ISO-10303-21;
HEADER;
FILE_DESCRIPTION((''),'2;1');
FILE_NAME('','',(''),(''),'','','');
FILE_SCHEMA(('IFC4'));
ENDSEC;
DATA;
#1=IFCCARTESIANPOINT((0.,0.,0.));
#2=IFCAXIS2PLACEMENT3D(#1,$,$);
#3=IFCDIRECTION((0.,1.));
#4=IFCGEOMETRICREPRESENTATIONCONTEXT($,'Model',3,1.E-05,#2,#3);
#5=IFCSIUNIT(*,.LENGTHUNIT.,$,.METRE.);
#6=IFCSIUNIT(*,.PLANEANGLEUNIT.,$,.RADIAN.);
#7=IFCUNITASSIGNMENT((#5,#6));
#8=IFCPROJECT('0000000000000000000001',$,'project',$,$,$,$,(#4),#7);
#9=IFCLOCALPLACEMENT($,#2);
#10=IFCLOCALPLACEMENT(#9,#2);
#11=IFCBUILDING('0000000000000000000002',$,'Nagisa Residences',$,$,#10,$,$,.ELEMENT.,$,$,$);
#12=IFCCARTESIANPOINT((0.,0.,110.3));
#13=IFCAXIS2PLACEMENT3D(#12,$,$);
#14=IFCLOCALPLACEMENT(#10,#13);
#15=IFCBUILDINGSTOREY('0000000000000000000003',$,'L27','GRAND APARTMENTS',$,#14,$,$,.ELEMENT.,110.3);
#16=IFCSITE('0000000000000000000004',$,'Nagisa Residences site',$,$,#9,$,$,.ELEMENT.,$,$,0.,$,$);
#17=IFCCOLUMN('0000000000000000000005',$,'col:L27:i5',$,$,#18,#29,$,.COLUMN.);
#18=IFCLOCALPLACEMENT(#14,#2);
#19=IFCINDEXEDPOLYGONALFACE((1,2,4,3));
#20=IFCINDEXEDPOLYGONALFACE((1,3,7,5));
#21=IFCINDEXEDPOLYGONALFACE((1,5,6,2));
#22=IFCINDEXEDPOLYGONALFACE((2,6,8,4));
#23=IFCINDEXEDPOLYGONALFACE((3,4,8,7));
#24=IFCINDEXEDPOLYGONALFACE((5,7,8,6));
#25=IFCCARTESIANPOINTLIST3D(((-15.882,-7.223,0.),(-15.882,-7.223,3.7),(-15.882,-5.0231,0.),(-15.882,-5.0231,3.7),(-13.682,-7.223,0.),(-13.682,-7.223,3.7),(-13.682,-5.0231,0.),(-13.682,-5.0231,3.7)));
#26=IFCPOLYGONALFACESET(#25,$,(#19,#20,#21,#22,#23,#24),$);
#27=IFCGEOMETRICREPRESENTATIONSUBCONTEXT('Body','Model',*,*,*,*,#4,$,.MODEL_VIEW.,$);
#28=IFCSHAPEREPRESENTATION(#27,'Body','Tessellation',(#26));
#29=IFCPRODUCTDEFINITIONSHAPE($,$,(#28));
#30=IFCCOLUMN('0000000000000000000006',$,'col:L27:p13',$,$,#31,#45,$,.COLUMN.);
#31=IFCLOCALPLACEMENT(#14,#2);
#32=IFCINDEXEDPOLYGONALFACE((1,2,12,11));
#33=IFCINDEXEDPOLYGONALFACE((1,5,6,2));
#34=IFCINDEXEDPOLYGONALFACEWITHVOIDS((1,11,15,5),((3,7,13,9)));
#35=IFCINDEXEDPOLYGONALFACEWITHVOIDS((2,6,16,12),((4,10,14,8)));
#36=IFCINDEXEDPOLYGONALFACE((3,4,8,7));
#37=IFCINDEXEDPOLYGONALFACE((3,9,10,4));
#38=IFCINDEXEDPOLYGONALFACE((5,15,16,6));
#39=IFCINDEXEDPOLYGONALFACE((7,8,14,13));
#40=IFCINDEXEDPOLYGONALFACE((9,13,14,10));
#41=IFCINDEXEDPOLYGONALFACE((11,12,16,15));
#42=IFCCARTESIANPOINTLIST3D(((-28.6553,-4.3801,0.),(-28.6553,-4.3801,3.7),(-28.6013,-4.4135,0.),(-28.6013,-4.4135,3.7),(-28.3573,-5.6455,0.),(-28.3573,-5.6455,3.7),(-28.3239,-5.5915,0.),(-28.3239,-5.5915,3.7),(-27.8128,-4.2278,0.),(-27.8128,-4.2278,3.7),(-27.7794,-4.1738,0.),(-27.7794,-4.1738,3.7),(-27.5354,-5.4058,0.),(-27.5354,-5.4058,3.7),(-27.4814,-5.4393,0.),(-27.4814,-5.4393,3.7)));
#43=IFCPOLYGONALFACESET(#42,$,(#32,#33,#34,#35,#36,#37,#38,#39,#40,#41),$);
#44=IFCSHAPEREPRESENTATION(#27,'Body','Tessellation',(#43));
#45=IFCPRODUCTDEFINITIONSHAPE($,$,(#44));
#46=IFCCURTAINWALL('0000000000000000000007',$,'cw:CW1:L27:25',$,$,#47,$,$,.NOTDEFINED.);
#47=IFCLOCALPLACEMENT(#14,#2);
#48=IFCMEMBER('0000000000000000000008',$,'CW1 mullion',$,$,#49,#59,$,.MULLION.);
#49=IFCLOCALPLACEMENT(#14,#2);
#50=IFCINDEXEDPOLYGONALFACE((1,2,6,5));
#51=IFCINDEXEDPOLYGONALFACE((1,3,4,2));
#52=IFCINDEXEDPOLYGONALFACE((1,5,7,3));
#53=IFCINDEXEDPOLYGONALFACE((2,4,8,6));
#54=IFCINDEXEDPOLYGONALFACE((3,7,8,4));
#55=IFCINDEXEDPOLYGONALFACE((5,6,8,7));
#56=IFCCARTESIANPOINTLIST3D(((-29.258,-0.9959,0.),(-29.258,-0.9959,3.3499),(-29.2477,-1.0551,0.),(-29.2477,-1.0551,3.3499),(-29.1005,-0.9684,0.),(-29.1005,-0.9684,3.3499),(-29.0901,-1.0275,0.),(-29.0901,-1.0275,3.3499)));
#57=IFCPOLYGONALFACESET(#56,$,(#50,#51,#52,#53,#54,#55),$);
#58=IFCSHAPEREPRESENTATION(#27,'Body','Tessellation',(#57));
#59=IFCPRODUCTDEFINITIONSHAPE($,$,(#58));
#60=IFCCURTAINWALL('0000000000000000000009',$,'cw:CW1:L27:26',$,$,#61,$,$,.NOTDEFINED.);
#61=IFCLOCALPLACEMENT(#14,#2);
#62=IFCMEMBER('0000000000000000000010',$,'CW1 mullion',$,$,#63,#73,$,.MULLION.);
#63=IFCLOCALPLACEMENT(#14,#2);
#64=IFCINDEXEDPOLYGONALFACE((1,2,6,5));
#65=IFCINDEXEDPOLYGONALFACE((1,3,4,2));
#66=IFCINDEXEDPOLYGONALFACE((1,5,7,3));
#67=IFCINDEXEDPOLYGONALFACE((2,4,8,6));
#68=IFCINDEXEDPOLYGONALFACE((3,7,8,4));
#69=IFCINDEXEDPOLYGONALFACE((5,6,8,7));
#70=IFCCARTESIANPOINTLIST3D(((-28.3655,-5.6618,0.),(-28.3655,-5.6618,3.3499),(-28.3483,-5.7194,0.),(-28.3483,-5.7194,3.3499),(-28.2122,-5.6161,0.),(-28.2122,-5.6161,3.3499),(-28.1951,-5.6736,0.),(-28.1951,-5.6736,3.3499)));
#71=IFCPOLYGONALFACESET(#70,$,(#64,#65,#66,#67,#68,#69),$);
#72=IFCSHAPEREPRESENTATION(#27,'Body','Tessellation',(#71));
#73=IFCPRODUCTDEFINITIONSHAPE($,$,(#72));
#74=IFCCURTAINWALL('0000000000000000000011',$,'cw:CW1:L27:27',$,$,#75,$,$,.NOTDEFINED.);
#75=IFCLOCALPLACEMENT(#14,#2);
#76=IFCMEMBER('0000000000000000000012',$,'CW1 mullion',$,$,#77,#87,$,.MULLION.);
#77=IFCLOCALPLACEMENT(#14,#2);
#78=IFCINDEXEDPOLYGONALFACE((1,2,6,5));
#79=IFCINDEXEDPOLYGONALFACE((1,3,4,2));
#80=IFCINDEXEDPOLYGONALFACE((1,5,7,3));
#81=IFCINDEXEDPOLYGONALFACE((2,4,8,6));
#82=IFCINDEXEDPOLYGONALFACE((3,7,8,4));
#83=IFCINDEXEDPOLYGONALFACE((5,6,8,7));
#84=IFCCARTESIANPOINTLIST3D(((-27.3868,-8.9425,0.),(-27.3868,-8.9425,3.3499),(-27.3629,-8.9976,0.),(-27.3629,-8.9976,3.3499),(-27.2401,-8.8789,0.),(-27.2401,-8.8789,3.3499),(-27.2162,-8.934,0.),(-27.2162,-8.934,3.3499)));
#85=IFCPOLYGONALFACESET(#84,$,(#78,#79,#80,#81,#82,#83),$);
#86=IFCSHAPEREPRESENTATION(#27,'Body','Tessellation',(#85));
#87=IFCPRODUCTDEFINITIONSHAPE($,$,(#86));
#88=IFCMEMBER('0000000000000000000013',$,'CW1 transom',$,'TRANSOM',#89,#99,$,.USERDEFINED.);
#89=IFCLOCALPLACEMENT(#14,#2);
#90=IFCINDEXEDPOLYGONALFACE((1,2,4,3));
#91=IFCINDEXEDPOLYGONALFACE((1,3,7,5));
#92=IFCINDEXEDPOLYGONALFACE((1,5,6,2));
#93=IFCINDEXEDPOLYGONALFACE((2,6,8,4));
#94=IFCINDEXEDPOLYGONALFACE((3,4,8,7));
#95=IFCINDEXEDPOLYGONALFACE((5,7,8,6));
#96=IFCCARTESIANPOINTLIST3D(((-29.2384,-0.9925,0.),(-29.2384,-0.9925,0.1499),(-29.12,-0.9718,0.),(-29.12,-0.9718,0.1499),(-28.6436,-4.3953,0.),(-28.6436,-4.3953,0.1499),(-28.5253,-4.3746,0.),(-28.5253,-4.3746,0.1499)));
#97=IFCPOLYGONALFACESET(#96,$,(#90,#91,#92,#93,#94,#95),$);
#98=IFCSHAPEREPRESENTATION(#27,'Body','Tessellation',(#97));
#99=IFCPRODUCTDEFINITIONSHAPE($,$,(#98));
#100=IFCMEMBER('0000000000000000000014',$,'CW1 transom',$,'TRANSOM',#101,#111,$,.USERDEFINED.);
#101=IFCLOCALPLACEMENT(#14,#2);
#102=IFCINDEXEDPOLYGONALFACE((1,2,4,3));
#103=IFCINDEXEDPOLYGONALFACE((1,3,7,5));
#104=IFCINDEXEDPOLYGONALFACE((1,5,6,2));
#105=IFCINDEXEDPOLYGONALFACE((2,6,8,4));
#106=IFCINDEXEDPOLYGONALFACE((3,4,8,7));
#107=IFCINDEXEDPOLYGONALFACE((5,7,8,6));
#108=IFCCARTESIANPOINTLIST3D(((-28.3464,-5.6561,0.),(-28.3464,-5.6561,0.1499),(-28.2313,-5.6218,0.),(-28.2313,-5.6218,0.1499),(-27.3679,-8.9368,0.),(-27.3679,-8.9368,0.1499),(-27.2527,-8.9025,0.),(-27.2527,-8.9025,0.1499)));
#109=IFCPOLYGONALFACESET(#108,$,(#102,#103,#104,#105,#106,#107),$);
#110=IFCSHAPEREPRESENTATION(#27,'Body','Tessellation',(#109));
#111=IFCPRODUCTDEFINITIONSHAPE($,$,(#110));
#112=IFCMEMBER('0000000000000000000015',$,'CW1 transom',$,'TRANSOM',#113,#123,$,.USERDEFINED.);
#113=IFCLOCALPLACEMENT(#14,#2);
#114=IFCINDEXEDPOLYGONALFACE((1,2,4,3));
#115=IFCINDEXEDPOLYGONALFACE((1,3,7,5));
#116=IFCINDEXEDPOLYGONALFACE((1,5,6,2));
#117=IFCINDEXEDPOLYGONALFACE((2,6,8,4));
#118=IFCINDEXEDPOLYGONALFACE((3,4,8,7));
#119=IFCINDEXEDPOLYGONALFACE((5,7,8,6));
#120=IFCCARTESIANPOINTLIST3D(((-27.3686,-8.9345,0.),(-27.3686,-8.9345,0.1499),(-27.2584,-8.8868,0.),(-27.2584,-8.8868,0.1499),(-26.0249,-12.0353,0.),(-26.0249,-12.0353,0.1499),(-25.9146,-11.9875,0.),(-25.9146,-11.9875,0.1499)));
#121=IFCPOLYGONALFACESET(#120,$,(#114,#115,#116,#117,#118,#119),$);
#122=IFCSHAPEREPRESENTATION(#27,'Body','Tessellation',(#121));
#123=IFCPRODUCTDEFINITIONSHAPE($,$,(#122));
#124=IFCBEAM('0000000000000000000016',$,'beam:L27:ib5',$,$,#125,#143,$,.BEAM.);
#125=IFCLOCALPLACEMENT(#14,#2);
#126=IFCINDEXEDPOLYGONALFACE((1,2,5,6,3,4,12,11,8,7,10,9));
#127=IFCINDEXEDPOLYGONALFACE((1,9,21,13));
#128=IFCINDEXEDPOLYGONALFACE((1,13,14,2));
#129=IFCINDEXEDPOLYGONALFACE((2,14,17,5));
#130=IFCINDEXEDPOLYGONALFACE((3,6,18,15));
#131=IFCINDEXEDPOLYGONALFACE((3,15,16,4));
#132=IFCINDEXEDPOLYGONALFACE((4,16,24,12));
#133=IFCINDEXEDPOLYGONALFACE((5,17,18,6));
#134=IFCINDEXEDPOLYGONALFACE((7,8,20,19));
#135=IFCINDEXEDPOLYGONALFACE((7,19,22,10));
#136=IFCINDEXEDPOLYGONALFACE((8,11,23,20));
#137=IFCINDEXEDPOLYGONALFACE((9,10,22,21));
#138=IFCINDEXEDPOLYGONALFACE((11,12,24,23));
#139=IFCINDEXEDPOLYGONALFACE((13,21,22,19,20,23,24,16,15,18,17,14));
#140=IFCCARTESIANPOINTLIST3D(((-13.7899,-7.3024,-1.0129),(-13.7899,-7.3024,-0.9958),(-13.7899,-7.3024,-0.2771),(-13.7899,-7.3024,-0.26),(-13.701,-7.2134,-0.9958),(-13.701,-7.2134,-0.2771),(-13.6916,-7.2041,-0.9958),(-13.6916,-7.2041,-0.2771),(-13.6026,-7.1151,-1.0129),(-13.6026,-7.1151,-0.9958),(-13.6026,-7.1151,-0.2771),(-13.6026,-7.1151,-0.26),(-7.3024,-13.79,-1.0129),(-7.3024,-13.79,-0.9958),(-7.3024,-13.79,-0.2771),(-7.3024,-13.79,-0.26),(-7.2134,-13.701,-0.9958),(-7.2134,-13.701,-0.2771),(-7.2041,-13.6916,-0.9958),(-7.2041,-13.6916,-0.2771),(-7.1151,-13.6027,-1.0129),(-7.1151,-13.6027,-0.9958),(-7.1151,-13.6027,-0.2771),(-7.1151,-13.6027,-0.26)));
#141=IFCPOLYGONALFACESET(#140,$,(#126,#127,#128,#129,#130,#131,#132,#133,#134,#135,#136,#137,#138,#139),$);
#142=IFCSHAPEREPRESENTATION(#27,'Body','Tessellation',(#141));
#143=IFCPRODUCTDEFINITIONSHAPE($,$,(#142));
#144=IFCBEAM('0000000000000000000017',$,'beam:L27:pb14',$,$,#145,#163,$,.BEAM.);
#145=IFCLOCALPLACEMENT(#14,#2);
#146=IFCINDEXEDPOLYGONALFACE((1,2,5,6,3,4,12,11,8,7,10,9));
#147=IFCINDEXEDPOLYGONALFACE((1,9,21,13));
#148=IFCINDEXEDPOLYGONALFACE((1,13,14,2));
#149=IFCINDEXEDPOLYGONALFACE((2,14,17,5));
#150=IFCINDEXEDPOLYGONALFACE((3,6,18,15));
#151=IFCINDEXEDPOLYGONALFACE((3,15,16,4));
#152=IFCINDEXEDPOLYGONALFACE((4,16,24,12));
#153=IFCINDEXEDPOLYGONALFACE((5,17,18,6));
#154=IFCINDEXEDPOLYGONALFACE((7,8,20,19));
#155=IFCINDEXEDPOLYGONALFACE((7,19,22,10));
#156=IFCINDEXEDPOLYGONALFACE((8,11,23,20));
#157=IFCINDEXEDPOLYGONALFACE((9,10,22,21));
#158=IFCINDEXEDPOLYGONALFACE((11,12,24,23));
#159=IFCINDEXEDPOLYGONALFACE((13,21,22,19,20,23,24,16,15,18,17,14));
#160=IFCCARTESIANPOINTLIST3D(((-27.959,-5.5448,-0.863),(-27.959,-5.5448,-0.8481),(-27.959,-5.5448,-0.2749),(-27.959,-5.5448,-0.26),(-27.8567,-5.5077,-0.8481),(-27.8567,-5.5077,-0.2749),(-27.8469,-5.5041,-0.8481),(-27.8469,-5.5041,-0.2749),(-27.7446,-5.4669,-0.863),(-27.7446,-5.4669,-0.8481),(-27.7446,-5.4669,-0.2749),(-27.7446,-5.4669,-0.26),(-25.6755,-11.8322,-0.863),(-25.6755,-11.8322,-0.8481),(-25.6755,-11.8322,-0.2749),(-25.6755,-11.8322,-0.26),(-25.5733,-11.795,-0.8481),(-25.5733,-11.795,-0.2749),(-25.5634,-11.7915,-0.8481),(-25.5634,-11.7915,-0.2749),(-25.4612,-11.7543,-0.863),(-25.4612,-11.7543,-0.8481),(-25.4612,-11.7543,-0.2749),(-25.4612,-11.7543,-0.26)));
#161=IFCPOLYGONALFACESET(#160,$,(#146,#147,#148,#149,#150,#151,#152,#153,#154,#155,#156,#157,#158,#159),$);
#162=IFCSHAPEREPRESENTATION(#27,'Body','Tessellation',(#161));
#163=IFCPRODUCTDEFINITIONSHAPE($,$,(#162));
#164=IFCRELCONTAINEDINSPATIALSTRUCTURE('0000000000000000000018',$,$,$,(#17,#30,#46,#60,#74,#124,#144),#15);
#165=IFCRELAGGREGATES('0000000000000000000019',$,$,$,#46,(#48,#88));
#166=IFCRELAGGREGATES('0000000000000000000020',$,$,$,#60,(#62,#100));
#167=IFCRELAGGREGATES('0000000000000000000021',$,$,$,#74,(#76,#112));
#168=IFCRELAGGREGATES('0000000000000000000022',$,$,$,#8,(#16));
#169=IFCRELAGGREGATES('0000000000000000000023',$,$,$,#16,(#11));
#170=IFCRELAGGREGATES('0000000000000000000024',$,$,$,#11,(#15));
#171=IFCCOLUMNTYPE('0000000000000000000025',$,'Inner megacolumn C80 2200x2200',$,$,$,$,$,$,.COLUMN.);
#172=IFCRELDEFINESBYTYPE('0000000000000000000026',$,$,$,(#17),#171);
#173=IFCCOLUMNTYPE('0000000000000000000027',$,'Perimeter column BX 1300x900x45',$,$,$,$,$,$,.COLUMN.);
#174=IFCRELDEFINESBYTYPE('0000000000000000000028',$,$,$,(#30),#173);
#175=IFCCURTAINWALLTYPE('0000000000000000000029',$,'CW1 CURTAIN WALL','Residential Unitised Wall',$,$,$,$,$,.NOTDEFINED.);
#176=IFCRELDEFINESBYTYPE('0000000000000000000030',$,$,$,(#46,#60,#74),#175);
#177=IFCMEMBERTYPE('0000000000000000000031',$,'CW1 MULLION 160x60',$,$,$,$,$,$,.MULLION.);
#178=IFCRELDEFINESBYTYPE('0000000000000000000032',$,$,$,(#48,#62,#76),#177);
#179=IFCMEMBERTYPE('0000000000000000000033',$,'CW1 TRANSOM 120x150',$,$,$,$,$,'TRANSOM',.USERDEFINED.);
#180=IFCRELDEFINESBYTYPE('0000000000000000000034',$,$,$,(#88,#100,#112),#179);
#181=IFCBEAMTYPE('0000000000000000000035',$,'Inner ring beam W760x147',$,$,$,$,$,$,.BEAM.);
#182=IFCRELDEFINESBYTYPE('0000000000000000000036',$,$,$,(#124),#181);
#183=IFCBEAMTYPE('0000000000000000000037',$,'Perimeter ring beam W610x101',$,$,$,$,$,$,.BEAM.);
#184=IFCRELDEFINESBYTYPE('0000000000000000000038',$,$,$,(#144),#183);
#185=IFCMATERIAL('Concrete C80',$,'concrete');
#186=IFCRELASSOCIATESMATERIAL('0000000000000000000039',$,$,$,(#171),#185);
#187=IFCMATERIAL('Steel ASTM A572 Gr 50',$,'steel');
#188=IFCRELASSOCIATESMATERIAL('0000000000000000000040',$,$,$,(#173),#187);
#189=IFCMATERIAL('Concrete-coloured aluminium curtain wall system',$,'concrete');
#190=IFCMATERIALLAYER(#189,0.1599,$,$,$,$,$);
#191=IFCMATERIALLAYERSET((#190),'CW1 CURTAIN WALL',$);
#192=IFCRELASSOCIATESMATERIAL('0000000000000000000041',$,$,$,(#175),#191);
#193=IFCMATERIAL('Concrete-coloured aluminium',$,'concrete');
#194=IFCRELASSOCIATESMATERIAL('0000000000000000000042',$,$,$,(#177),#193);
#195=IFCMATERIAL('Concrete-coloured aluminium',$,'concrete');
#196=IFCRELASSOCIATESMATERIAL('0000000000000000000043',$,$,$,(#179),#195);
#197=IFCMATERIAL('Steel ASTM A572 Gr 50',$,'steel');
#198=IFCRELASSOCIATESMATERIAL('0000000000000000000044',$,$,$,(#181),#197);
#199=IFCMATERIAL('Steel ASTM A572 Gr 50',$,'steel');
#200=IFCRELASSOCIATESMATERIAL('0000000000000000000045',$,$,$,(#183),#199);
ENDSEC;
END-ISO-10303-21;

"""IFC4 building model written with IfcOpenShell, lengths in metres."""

from ifc_helpers import new_model, si_unit, direction, frame, origin, origin_2d, place, context, subcontext, project, spatial, rectangle, hollow_rectangle, i_section, extrude, material, layer, layer_set, material_profile, profile_set, type_object, element, aggregate, save


model = new_model("IFC4")

# Units and contexts
model_context = context("Model", 3, precision=1e-05, world=origin(), true_north=direction((0.0, 1.0)))
body_context = subcontext(model_context, "Body", "Model", "MODEL_VIEW")
ifc_project = project(units=[si_unit("LENGTHUNIT", "METRE"), si_unit("PLANEANGLEUNIT", "RADIAN")], contexts=[model_context])

# Site, building, storey
site_placement = place(None, origin())
site = spatial("IfcSite", under=ifc_project, at=site_placement, Name="Nagisa Residences site", CompositionType="ELEMENT", RefElevation=0.0)
building_placement = place(site_placement, origin())
building = spatial("IfcBuilding", under=site, at=building_placement, Name="Nagisa Residences", CompositionType="ELEMENT")
storey_placement = place(building_placement, frame((0.0, 0.0, 110.3)))
storey = spatial("IfcBuildingStorey", under=building, at=storey_placement, Name="L27", Description="GRAND APARTMENTS", CompositionType="ELEMENT", Elevation=110.3)

# Columns
ifc_material_1 = material(Name="Concrete C80", Category="concrete")
ifc_material_profile_1 = material_profile(ifc_material_1, rectangle(XDim=2.2, YDim=2.2, at=origin_2d()), Name="C80 2200x2200")
ifc_profile_set_1 = profile_set([ifc_material_profile_1], Name="Concrete C80")
column_type_1 = type_object("IfcColumnType", Name="Inner megacolumn C80 2200x2200", PredefinedType="COLUMN", material=ifc_profile_set_1)
column_1_placement = place(storey_placement, frame((-14.782, -6.123, 0.0), z_axis=(0.0, 0.0, 1.0), x_axis=(1.0, 0.0, 0.0)))
element("IfcColumn", 1, at=column_1_placement, inside=storey, type_object=column_type_1, Name="col:L27:i5", PredefinedType="COLUMN", context=body_context, shape_type="SweptSolid", body=[
    extrude(rectangle(XDim=2.2, YDim=2.2, at=origin_2d()), origin(), (0.0, 0.0, 1.0), 3.7),
])
ifc_material_2 = material(Name="Steel ASTM A572 Gr 50", Category="steel")
ifc_material_profile_2 = material_profile(ifc_material_2, hollow_rectangle(XDim=1.3, YDim=0.8999, WallThickness=0.0449, at=origin_2d()), Name="BX 1300x900x45")
ifc_profile_set_2 = profile_set([ifc_material_profile_2], Name="Steel ASTM A572 Gr 50")
column_type_2 = type_object("IfcColumnType", Name="Perimeter column BX 1300x900x45", PredefinedType="COLUMN", material=ifc_profile_set_2)
column_2_placement = place(storey_placement, frame((-28.0684, -4.9097, 0.0), z_axis=(0.0, 0.0, 1.0), x_axis=(0.229202, -0.973379, 0.0)))
element("IfcColumn", 2, at=column_2_placement, inside=storey, type_object=column_type_2, Name="col:L27:p13", PredefinedType="COLUMN", context=body_context, shape_type="SweptSolid", body=[
    extrude(hollow_rectangle(XDim=1.3, YDim=0.8999, WallThickness=0.0449, at=origin_2d()), origin(), (0.0, 0.0, 1.0), 3.7),
])

# Curtain walls, members
ifc_material_3 = material(Name="Concrete-coloured aluminium curtain wall system", Category="concrete")
ifc_layer_1 = layer(ifc_material_3, 0.1599)
ifc_layer_set_1 = layer_set([ifc_layer_1], Name="CW1 CURTAIN WALL")
curtain_wall_type = type_object("IfcCurtainWallType", Name="CW1 CURTAIN WALL", Description="Residential Unitised Wall", PredefinedType="NOTDEFINED", material=ifc_layer_set_1)
curtain_wall_1_placement = place(storey_placement, origin())
curtain_wall_1 = element("IfcCurtainWall", 3, at=curtain_wall_1_placement, inside=storey, type_object=curtain_wall_type, Name="cw:CW1:L27:25", PredefinedType="NOTDEFINED")
ifc_material_4 = material(Name="Concrete-coloured aluminium", Category="concrete")
ifc_material_profile_3 = material_profile(ifc_material_4, rectangle(XDim=0.1599, YDim=0.0601, at=origin_2d()), Name="CW1 MULLION 160x60")
ifc_profile_set_3 = profile_set([ifc_material_profile_3], Name="Concrete-coloured aluminium")
member_type_1 = type_object("IfcMemberType", Name="CW1 MULLION 160x60", PredefinedType="MULLION", material=ifc_profile_set_3)
member_1_placement = place(storey_placement, frame((-29.1741, -1.0117, 0.0), z_axis=(0.0, 0.0, 1.0), x_axis=(0.985064, 0.172191, 0.0)))
member_1 = element("IfcMember", 4, at=member_1_placement, type_object=member_type_1, Name="CW1 mullion", PredefinedType="MULLION", context=body_context, shape_type="SweptSolid", body=[
    extrude(rectangle(XDim=0.1599, YDim=0.0601, at=origin_2d()), origin(), (0.0, 0.0, 1.0), 3.3499),
])
curtain_wall_2_placement = place(storey_placement, origin())
curtain_wall_2 = element("IfcCurtainWall", 5, at=curtain_wall_2_placement, inside=storey, type_object=curtain_wall_type, Name="cw:CW1:L27:26", PredefinedType="NOTDEFINED")
member_2_placement = place(storey_placement, frame((-28.2803, -5.6677, 0.0), z_axis=(0.0, 0.0, 1.0), x_axis=(0.958271, 0.28586, 0.0)))
member_2 = element("IfcMember", 6, at=member_2_placement, type_object=member_type_1, Name="CW1 mullion", PredefinedType="MULLION", context=body_context, shape_type="SweptSolid", body=[
    extrude(rectangle(XDim=0.1599, YDim=0.0601, at=origin_2d()), origin(), (0.0, 0.0, 1.0), 3.3499),
])
curtain_wall_3_placement = place(storey_placement, origin())
curtain_wall_3 = element("IfcCurtainWall", 7, at=curtain_wall_3_placement, inside=storey, type_object=curtain_wall_type, Name="cw:CW1:L27:27", PredefinedType="NOTDEFINED")
member_3_placement = place(storey_placement, frame((-27.3015, -8.9382, 0.0), z_axis=(0.0, 0.0, 1.0), x_axis=(0.917543, 0.397636, 0.0)))
member_3 = element("IfcMember", 8, at=member_3_placement, type_object=member_type_1, Name="CW1 mullion", PredefinedType="MULLION", context=body_context, shape_type="SweptSolid", body=[
    extrude(rectangle(XDim=0.1599, YDim=0.0601, at=origin_2d()), origin(), (0.0, 0.0, 1.0), 3.3499),
])

# Members
ifc_material_5 = material(Name="Concrete-coloured aluminium", Category="concrete")
ifc_material_profile_4 = material_profile(ifc_material_5, rectangle(XDim=0.1201, YDim=0.1499, at=origin_2d()), Name="CW1 TRANSOM 120x150")
ifc_profile_set_4 = profile_set([ifc_material_profile_4], Name="Concrete-coloured aluminium")
member_type_2 = type_object("IfcMemberType", Name="CW1 TRANSOM 120x150", ElementType="TRANSOM", PredefinedType="USERDEFINED", material=ifc_profile_set_4)
member_4_placement = place(storey_placement, frame((-29.1792, -0.9822, 0.075), z_axis=(0.172164, -0.985068, 0.0), x_axis=(0.985068, 0.172164, 0.0)))
member_4 = element("IfcMember", 9, at=member_4_placement, type_object=member_type_2, Name="CW1 transom", ObjectType="TRANSOM", PredefinedType="USERDEFINED", context=body_context, shape_type="SweptSolid", body=[
    extrude(rectangle(XDim=0.1201, YDim=0.1499, at=origin_2d()), origin(), (0.0, 0.0, 1.0), 3.4543),
])
member_5_placement = place(storey_placement, frame((-28.2888, -5.6389, 0.075), z_axis=(0.285817, -0.958284, 0.0), x_axis=(0.958284, 0.285817, 0.0)))
member_5 = element("IfcMember", 10, at=member_5_placement, type_object=member_type_2, Name="CW1 transom", ObjectType="TRANSOM", PredefinedType="USERDEFINED", context=body_context, shape_type="SweptSolid", body=[
    extrude(rectangle(XDim=0.1201, YDim=0.1499, at=origin_2d()), origin(), (0.0, 0.0, 1.0), 3.4236),
])
member_6_placement = place(storey_placement, frame((-27.3135, -8.9106, 0.075), z_axis=(0.397622, -0.917549, 0.0), x_axis=(0.917549, 0.397622, 0.0)))
member_6 = element("IfcMember", 11, at=member_6_placement, type_object=member_type_2, Name="CW1 transom", ObjectType="TRANSOM", PredefinedType="USERDEFINED", context=body_context, shape_type="SweptSolid", body=[
    extrude(rectangle(XDim=0.1201, YDim=0.1499, at=origin_2d()), origin(), (0.0, 0.0, 1.0), 3.3794),
])

# Beams
ifc_material_6 = material(Name="Steel ASTM A572 Gr 50", Category="steel")
ifc_material_profile_5 = material_profile(ifc_material_6, i_section(OverallWidth=0.2649, OverallDepth=0.7529, WebThickness=0.0132, FlangeThickness=0.0171, at=origin_2d()), Name="W760x147")
ifc_profile_set_5 = profile_set([ifc_material_profile_5], Name="Steel ASTM A572 Gr 50")
beam_type_1 = type_object("IfcBeamType", Name="Inner ring beam W760x147", PredefinedType="BEAM", material=ifc_profile_set_5)
beam_1_placement = place(storey_placement, frame((-13.6963, -7.2087, -0.6365), z_axis=(0.707107, -0.707107, 0.0), x_axis=(0.707107, 0.707107, 0.0)))
element("IfcBeam", 12, at=beam_1_placement, inside=storey, type_object=beam_type_1, Name="beam:L27:ib5", PredefinedType="BEAM", context=body_context, shape_type="SweptSolid", body=[
    extrude(i_section(OverallWidth=0.2649, OverallDepth=0.7529, WebThickness=0.0132, FlangeThickness=0.0171, at=origin_2d()), origin(), (0.0, 0.0, 1.0), 9.1748),
])
ifc_material_7 = material(Name="Steel ASTM A572 Gr 50", Category="steel")
ifc_material_profile_6 = material_profile(ifc_material_7, i_section(OverallWidth=0.228, OverallDepth=0.603, WebThickness=0.0105, FlangeThickness=0.0149, at=origin_2d()), Name="W610x101")
ifc_profile_set_6 = profile_set([ifc_material_profile_6], Name="Steel ASTM A572 Gr 50")
beam_type_2 = type_object("IfcBeamType", Name="Perimeter ring beam W610x101", PredefinedType="BEAM", material=ifc_profile_set_6)
beam_2_placement = place(storey_placement, frame((-27.8518, -5.5059, -0.5615), z_axis=(0.341365, -0.939931, 0.0), x_axis=(0.939931, 0.341365, 0.0)))
element("IfcBeam", 13, at=beam_2_placement, inside=storey, type_object=beam_type_2, Name="beam:L27:pb14", PredefinedType="BEAM", context=body_context, shape_type="SweptSolid", body=[
    extrude(i_section(OverallWidth=0.228, OverallDepth=0.603, WebThickness=0.0105, FlangeThickness=0.0149, at=origin_2d()), origin(), (0.0, 0.0, 1.0), 6.6892),
])

aggregate(curtain_wall_1, [member_1, member_4])
aggregate(curtain_wall_2, [member_2, member_5])
aggregate(curtain_wall_3, [member_3, member_6])

save(model, "model.ifc")
